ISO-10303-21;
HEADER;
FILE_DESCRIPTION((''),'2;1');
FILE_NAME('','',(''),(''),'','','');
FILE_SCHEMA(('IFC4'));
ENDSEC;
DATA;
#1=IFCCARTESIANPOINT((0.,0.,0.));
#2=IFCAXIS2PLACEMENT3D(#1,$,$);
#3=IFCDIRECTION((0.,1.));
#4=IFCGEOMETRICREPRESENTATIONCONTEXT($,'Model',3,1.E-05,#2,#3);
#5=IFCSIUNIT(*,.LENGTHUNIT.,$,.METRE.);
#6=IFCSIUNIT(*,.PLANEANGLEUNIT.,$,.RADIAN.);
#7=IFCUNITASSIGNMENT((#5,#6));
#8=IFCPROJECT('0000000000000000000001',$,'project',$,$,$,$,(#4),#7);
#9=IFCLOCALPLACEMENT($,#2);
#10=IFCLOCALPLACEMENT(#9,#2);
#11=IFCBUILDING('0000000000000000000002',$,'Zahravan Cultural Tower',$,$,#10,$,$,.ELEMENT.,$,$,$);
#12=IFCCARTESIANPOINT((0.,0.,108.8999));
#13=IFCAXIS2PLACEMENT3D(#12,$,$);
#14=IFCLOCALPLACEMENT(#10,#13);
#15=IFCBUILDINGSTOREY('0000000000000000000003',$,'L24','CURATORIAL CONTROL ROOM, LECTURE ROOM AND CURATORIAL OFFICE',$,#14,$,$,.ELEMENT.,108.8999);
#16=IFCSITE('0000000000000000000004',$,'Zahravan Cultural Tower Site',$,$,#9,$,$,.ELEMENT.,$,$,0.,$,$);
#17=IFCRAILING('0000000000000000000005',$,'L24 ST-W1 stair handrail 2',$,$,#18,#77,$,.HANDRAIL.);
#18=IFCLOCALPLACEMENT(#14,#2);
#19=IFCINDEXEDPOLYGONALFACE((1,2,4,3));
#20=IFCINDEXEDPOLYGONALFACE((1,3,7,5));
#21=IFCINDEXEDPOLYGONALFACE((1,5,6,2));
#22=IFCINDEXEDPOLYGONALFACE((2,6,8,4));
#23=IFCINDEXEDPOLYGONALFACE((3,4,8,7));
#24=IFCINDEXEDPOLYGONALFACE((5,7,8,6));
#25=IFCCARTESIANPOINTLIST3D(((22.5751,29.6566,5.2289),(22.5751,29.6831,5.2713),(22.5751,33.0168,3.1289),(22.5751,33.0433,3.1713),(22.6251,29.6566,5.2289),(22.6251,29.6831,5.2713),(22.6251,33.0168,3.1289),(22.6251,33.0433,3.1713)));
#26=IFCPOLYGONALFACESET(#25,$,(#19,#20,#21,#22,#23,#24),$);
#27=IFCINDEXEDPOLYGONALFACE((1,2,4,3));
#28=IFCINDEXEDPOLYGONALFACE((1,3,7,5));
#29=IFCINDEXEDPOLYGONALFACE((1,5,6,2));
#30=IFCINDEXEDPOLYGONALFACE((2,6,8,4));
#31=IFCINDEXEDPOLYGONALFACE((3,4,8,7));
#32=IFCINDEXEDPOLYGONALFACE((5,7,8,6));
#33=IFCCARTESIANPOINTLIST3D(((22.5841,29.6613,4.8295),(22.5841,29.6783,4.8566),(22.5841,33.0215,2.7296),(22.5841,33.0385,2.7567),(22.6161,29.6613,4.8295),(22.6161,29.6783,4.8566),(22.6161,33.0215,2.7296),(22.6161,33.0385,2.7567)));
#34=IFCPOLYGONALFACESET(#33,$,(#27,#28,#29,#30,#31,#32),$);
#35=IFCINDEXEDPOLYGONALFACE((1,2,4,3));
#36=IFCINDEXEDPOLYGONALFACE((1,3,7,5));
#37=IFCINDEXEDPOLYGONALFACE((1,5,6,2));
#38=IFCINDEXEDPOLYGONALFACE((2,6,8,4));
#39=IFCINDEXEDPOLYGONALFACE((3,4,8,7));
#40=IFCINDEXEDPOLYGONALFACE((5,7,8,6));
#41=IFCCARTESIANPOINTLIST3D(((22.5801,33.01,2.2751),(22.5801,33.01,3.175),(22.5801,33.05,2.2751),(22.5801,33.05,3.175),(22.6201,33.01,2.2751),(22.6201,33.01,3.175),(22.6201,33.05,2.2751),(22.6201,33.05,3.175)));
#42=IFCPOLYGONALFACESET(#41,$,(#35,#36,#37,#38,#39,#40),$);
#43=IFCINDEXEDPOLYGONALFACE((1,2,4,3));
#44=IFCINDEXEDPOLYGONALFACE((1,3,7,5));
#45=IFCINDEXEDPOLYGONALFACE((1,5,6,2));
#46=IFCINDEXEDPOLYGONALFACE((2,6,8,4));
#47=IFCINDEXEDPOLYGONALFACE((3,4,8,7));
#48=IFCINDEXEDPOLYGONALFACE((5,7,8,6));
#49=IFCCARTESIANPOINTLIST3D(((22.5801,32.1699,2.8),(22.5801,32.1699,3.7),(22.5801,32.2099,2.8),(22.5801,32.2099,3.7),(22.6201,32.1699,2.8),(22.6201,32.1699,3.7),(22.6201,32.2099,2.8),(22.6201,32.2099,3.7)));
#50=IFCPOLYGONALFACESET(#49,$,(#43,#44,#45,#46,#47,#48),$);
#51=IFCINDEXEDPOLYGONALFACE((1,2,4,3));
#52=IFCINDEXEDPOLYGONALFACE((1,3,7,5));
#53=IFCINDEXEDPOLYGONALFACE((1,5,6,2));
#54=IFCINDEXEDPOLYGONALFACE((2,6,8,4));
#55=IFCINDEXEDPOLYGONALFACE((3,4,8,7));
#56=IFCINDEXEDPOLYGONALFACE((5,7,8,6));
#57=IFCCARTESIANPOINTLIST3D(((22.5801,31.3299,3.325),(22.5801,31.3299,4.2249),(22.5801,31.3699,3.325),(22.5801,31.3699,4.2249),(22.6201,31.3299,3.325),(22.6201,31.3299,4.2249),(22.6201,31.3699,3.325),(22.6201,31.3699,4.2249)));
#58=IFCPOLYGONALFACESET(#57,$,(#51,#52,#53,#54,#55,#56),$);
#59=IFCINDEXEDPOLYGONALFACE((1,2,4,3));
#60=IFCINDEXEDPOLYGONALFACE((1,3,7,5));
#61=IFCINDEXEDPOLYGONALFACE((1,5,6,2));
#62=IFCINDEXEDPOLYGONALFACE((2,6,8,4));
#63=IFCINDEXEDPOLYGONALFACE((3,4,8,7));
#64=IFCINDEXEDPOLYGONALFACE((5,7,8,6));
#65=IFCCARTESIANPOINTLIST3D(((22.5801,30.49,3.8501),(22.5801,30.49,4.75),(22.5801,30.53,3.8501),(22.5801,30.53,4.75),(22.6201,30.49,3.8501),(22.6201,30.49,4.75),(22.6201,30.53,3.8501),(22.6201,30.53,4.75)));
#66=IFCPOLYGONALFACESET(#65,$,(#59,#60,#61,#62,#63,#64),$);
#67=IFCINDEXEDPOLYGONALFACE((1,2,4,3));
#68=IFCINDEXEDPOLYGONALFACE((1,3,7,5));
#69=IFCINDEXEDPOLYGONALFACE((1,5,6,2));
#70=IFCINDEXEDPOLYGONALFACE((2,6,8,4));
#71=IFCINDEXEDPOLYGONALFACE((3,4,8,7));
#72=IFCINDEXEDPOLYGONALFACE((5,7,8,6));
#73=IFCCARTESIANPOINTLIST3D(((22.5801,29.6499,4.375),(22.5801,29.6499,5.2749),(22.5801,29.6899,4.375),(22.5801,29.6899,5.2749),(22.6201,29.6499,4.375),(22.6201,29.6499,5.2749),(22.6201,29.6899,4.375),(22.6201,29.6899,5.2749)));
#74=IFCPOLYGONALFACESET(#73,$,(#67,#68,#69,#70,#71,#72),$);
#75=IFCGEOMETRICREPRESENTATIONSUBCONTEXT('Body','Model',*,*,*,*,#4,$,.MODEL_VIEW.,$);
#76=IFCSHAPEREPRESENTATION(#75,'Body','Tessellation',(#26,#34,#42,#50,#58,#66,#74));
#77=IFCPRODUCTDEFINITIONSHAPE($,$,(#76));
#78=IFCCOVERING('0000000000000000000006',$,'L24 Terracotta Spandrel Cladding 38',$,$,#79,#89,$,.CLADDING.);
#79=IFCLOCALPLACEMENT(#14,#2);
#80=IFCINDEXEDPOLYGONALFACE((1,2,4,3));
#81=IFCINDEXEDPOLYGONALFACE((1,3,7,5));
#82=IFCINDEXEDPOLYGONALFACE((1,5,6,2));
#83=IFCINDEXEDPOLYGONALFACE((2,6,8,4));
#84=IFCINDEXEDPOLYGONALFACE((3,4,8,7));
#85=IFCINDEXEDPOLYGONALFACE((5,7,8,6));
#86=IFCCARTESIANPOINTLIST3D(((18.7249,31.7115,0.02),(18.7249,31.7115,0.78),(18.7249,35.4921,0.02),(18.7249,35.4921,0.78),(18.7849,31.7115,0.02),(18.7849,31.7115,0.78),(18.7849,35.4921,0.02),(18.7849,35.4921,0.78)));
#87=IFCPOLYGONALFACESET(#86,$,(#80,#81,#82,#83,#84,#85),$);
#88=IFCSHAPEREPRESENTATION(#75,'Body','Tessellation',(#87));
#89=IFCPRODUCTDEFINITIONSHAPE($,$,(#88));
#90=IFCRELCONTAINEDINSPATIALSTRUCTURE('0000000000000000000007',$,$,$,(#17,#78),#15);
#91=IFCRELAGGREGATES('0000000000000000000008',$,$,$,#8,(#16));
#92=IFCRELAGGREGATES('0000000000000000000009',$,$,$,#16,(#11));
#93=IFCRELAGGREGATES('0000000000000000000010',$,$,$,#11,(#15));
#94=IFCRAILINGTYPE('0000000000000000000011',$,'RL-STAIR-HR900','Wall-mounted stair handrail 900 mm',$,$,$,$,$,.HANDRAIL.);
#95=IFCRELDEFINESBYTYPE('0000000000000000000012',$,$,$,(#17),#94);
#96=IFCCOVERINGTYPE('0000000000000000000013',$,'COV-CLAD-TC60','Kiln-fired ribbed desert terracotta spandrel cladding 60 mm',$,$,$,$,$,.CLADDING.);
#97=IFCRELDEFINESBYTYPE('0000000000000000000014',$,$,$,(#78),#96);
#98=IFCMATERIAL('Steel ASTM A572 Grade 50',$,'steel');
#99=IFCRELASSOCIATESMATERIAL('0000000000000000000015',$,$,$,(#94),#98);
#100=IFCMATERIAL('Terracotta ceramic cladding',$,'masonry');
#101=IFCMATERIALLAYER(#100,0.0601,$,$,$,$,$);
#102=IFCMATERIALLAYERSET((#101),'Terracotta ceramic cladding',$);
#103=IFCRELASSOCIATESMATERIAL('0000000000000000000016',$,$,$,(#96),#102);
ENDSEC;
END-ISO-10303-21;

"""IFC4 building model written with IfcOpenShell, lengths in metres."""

from ifc_helpers import new_model, si_unit, direction, frame, origin, origin_2d, place, context, subcontext, project, spatial, rectangle, extrude, source, transform, mapped, material, layer, layer_set, type_object, element, save


model = new_model("IFC4")

# Units and contexts
model_context = context("Model", 3, precision=1e-05, world=origin(), true_north=direction((0.0, 1.0)))
body_context = subcontext(model_context, "Body", "Model", "MODEL_VIEW")
ifc_project = project(units=[si_unit("LENGTHUNIT", "METRE"), si_unit("PLANEANGLEUNIT", "RADIAN")], contexts=[model_context])

# Site, building, storey
site_placement = place(None, origin())
site = spatial("IfcSite", under=ifc_project, at=site_placement, Name="Zahravan Cultural Tower Site", CompositionType="ELEMENT", RefElevation=0.0)
building_placement = place(site_placement, origin())
building = spatial("IfcBuilding", under=site, at=building_placement, Name="Zahravan Cultural Tower", CompositionType="ELEMENT")
storey_placement = place(building_placement, frame((0.0, 0.0, 108.8999)))
storey = spatial("IfcBuildingStorey", under=building, at=storey_placement, Name="L24", Description="CURATORIAL CONTROL ROOM, LECTURE ROOM AND CURATORIAL OFFICE", CompositionType="ELEMENT", Elevation=108.8999)

# Shared definitions
ifc_material_1 = material(Name="Steel ASTM A572 Grade 50", Category="steel")

# Railing
railing_type_1 = type_object("IfcRailingType", Name="RL-STAIR-HR900", Description="Wall-mounted stair handrail 900 mm", PredefinedType="HANDRAIL", material=ifc_material_1)
railing_1_placement = place(storey_placement, frame((22.6001, 33.03, 2.2751)))
element("IfcRailing", 1, at=railing_1_placement, inside=storey, type_object=railing_type_1, Name="L24 ST-W1 stair handrail 2", PredefinedType="HANDRAIL", context=body_context, shape_type="SweptSolid", body=[
    extrude(rectangle(XDim=0.05, YDim=0.05, at=origin_2d()), frame((0.0, 0.0, 0.875), z_axis=(0.0, -0.848023, 0.52996), x_axis=(1.0, 0.0, 0.0)), (0.0, 0.0, 1.0), 3.9624),
    extrude(rectangle(XDim=0.032, YDim=0.032, at=origin_2d()), frame((0.0, 0.0, 0.468), z_axis=(0.0, -0.848023, 0.52996), x_axis=(1.0, 0.0, 0.0)), (0.0, 0.0, 1.0), 3.9624),
    extrude(rectangle(XDim=0.04, YDim=0.04, at=origin_2d()), origin(), (0.0, 0.0, 1.0), 0.8999),
    extrude(rectangle(XDim=0.04, YDim=0.04, at=origin_2d()), frame((0.0, -0.8401, 0.5249)), (0.0, 0.0, 1.0), 0.8999),
    extrude(rectangle(XDim=0.04, YDim=0.04, at=origin_2d()), frame((0.0, -1.6802, 1.0498)), (0.0, 0.0, 1.0), 0.8999),
    extrude(rectangle(XDim=0.04, YDim=0.04, at=origin_2d()), frame((0.0, -2.52, 1.575)), (0.0, 0.0, 1.0), 0.8999),
    extrude(rectangle(XDim=0.04, YDim=0.04, at=origin_2d()), frame((0.0, -3.3601, 2.0999)), (0.0, 0.0, 1.0), 0.8999),
])

# Covering
ifc_material_2 = material(Name="Terracotta ceramic cladding", Category="masonry")
ifc_layer_1 = layer(ifc_material_2, 0.0601)
ifc_layer_set_1 = layer_set([ifc_layer_1], Name="Terracotta ceramic cladding")
covering_type = type_object("IfcCoveringType", Name="COV-CLAD-TC60", Description="Kiln-fired ribbed desert terracotta spandrel cladding 60 mm", PredefinedType="CLADDING", material=ifc_layer_set_1)
shared_shape_1 = source(origin(), body_context, "Body", "SweptSolid", [
    extrude(rectangle(XDim=3.7805, YDim=0.0601, at=origin_2d()), origin(), (0.0, 0.0, 1.0), 0.76),
])
covering_placement = place(storey_placement, frame((18.7549, 33.6018, 0.02), z_axis=(0.0, 0.0, 1.0), x_axis=(0.0, 1.0, 0.0)))
element("IfcCovering", 2, at=covering_placement, inside=storey, type_object=covering_type, Name="L24 Terracotta Spandrel Cladding 38", PredefinedType="CLADDING", context=body_context, shape_type="MappedRepresentation", body=[
    mapped(shared_shape_1, transform((0.0, 0.0, 0.0), x_axis=(1.0, 0.0, 0.0), y_axis=(0.0, 1.0, 0.0), z_axis=(0.0, 0.0, 1.0), scale=1.0)),
])

save(model, "model.ifc")
